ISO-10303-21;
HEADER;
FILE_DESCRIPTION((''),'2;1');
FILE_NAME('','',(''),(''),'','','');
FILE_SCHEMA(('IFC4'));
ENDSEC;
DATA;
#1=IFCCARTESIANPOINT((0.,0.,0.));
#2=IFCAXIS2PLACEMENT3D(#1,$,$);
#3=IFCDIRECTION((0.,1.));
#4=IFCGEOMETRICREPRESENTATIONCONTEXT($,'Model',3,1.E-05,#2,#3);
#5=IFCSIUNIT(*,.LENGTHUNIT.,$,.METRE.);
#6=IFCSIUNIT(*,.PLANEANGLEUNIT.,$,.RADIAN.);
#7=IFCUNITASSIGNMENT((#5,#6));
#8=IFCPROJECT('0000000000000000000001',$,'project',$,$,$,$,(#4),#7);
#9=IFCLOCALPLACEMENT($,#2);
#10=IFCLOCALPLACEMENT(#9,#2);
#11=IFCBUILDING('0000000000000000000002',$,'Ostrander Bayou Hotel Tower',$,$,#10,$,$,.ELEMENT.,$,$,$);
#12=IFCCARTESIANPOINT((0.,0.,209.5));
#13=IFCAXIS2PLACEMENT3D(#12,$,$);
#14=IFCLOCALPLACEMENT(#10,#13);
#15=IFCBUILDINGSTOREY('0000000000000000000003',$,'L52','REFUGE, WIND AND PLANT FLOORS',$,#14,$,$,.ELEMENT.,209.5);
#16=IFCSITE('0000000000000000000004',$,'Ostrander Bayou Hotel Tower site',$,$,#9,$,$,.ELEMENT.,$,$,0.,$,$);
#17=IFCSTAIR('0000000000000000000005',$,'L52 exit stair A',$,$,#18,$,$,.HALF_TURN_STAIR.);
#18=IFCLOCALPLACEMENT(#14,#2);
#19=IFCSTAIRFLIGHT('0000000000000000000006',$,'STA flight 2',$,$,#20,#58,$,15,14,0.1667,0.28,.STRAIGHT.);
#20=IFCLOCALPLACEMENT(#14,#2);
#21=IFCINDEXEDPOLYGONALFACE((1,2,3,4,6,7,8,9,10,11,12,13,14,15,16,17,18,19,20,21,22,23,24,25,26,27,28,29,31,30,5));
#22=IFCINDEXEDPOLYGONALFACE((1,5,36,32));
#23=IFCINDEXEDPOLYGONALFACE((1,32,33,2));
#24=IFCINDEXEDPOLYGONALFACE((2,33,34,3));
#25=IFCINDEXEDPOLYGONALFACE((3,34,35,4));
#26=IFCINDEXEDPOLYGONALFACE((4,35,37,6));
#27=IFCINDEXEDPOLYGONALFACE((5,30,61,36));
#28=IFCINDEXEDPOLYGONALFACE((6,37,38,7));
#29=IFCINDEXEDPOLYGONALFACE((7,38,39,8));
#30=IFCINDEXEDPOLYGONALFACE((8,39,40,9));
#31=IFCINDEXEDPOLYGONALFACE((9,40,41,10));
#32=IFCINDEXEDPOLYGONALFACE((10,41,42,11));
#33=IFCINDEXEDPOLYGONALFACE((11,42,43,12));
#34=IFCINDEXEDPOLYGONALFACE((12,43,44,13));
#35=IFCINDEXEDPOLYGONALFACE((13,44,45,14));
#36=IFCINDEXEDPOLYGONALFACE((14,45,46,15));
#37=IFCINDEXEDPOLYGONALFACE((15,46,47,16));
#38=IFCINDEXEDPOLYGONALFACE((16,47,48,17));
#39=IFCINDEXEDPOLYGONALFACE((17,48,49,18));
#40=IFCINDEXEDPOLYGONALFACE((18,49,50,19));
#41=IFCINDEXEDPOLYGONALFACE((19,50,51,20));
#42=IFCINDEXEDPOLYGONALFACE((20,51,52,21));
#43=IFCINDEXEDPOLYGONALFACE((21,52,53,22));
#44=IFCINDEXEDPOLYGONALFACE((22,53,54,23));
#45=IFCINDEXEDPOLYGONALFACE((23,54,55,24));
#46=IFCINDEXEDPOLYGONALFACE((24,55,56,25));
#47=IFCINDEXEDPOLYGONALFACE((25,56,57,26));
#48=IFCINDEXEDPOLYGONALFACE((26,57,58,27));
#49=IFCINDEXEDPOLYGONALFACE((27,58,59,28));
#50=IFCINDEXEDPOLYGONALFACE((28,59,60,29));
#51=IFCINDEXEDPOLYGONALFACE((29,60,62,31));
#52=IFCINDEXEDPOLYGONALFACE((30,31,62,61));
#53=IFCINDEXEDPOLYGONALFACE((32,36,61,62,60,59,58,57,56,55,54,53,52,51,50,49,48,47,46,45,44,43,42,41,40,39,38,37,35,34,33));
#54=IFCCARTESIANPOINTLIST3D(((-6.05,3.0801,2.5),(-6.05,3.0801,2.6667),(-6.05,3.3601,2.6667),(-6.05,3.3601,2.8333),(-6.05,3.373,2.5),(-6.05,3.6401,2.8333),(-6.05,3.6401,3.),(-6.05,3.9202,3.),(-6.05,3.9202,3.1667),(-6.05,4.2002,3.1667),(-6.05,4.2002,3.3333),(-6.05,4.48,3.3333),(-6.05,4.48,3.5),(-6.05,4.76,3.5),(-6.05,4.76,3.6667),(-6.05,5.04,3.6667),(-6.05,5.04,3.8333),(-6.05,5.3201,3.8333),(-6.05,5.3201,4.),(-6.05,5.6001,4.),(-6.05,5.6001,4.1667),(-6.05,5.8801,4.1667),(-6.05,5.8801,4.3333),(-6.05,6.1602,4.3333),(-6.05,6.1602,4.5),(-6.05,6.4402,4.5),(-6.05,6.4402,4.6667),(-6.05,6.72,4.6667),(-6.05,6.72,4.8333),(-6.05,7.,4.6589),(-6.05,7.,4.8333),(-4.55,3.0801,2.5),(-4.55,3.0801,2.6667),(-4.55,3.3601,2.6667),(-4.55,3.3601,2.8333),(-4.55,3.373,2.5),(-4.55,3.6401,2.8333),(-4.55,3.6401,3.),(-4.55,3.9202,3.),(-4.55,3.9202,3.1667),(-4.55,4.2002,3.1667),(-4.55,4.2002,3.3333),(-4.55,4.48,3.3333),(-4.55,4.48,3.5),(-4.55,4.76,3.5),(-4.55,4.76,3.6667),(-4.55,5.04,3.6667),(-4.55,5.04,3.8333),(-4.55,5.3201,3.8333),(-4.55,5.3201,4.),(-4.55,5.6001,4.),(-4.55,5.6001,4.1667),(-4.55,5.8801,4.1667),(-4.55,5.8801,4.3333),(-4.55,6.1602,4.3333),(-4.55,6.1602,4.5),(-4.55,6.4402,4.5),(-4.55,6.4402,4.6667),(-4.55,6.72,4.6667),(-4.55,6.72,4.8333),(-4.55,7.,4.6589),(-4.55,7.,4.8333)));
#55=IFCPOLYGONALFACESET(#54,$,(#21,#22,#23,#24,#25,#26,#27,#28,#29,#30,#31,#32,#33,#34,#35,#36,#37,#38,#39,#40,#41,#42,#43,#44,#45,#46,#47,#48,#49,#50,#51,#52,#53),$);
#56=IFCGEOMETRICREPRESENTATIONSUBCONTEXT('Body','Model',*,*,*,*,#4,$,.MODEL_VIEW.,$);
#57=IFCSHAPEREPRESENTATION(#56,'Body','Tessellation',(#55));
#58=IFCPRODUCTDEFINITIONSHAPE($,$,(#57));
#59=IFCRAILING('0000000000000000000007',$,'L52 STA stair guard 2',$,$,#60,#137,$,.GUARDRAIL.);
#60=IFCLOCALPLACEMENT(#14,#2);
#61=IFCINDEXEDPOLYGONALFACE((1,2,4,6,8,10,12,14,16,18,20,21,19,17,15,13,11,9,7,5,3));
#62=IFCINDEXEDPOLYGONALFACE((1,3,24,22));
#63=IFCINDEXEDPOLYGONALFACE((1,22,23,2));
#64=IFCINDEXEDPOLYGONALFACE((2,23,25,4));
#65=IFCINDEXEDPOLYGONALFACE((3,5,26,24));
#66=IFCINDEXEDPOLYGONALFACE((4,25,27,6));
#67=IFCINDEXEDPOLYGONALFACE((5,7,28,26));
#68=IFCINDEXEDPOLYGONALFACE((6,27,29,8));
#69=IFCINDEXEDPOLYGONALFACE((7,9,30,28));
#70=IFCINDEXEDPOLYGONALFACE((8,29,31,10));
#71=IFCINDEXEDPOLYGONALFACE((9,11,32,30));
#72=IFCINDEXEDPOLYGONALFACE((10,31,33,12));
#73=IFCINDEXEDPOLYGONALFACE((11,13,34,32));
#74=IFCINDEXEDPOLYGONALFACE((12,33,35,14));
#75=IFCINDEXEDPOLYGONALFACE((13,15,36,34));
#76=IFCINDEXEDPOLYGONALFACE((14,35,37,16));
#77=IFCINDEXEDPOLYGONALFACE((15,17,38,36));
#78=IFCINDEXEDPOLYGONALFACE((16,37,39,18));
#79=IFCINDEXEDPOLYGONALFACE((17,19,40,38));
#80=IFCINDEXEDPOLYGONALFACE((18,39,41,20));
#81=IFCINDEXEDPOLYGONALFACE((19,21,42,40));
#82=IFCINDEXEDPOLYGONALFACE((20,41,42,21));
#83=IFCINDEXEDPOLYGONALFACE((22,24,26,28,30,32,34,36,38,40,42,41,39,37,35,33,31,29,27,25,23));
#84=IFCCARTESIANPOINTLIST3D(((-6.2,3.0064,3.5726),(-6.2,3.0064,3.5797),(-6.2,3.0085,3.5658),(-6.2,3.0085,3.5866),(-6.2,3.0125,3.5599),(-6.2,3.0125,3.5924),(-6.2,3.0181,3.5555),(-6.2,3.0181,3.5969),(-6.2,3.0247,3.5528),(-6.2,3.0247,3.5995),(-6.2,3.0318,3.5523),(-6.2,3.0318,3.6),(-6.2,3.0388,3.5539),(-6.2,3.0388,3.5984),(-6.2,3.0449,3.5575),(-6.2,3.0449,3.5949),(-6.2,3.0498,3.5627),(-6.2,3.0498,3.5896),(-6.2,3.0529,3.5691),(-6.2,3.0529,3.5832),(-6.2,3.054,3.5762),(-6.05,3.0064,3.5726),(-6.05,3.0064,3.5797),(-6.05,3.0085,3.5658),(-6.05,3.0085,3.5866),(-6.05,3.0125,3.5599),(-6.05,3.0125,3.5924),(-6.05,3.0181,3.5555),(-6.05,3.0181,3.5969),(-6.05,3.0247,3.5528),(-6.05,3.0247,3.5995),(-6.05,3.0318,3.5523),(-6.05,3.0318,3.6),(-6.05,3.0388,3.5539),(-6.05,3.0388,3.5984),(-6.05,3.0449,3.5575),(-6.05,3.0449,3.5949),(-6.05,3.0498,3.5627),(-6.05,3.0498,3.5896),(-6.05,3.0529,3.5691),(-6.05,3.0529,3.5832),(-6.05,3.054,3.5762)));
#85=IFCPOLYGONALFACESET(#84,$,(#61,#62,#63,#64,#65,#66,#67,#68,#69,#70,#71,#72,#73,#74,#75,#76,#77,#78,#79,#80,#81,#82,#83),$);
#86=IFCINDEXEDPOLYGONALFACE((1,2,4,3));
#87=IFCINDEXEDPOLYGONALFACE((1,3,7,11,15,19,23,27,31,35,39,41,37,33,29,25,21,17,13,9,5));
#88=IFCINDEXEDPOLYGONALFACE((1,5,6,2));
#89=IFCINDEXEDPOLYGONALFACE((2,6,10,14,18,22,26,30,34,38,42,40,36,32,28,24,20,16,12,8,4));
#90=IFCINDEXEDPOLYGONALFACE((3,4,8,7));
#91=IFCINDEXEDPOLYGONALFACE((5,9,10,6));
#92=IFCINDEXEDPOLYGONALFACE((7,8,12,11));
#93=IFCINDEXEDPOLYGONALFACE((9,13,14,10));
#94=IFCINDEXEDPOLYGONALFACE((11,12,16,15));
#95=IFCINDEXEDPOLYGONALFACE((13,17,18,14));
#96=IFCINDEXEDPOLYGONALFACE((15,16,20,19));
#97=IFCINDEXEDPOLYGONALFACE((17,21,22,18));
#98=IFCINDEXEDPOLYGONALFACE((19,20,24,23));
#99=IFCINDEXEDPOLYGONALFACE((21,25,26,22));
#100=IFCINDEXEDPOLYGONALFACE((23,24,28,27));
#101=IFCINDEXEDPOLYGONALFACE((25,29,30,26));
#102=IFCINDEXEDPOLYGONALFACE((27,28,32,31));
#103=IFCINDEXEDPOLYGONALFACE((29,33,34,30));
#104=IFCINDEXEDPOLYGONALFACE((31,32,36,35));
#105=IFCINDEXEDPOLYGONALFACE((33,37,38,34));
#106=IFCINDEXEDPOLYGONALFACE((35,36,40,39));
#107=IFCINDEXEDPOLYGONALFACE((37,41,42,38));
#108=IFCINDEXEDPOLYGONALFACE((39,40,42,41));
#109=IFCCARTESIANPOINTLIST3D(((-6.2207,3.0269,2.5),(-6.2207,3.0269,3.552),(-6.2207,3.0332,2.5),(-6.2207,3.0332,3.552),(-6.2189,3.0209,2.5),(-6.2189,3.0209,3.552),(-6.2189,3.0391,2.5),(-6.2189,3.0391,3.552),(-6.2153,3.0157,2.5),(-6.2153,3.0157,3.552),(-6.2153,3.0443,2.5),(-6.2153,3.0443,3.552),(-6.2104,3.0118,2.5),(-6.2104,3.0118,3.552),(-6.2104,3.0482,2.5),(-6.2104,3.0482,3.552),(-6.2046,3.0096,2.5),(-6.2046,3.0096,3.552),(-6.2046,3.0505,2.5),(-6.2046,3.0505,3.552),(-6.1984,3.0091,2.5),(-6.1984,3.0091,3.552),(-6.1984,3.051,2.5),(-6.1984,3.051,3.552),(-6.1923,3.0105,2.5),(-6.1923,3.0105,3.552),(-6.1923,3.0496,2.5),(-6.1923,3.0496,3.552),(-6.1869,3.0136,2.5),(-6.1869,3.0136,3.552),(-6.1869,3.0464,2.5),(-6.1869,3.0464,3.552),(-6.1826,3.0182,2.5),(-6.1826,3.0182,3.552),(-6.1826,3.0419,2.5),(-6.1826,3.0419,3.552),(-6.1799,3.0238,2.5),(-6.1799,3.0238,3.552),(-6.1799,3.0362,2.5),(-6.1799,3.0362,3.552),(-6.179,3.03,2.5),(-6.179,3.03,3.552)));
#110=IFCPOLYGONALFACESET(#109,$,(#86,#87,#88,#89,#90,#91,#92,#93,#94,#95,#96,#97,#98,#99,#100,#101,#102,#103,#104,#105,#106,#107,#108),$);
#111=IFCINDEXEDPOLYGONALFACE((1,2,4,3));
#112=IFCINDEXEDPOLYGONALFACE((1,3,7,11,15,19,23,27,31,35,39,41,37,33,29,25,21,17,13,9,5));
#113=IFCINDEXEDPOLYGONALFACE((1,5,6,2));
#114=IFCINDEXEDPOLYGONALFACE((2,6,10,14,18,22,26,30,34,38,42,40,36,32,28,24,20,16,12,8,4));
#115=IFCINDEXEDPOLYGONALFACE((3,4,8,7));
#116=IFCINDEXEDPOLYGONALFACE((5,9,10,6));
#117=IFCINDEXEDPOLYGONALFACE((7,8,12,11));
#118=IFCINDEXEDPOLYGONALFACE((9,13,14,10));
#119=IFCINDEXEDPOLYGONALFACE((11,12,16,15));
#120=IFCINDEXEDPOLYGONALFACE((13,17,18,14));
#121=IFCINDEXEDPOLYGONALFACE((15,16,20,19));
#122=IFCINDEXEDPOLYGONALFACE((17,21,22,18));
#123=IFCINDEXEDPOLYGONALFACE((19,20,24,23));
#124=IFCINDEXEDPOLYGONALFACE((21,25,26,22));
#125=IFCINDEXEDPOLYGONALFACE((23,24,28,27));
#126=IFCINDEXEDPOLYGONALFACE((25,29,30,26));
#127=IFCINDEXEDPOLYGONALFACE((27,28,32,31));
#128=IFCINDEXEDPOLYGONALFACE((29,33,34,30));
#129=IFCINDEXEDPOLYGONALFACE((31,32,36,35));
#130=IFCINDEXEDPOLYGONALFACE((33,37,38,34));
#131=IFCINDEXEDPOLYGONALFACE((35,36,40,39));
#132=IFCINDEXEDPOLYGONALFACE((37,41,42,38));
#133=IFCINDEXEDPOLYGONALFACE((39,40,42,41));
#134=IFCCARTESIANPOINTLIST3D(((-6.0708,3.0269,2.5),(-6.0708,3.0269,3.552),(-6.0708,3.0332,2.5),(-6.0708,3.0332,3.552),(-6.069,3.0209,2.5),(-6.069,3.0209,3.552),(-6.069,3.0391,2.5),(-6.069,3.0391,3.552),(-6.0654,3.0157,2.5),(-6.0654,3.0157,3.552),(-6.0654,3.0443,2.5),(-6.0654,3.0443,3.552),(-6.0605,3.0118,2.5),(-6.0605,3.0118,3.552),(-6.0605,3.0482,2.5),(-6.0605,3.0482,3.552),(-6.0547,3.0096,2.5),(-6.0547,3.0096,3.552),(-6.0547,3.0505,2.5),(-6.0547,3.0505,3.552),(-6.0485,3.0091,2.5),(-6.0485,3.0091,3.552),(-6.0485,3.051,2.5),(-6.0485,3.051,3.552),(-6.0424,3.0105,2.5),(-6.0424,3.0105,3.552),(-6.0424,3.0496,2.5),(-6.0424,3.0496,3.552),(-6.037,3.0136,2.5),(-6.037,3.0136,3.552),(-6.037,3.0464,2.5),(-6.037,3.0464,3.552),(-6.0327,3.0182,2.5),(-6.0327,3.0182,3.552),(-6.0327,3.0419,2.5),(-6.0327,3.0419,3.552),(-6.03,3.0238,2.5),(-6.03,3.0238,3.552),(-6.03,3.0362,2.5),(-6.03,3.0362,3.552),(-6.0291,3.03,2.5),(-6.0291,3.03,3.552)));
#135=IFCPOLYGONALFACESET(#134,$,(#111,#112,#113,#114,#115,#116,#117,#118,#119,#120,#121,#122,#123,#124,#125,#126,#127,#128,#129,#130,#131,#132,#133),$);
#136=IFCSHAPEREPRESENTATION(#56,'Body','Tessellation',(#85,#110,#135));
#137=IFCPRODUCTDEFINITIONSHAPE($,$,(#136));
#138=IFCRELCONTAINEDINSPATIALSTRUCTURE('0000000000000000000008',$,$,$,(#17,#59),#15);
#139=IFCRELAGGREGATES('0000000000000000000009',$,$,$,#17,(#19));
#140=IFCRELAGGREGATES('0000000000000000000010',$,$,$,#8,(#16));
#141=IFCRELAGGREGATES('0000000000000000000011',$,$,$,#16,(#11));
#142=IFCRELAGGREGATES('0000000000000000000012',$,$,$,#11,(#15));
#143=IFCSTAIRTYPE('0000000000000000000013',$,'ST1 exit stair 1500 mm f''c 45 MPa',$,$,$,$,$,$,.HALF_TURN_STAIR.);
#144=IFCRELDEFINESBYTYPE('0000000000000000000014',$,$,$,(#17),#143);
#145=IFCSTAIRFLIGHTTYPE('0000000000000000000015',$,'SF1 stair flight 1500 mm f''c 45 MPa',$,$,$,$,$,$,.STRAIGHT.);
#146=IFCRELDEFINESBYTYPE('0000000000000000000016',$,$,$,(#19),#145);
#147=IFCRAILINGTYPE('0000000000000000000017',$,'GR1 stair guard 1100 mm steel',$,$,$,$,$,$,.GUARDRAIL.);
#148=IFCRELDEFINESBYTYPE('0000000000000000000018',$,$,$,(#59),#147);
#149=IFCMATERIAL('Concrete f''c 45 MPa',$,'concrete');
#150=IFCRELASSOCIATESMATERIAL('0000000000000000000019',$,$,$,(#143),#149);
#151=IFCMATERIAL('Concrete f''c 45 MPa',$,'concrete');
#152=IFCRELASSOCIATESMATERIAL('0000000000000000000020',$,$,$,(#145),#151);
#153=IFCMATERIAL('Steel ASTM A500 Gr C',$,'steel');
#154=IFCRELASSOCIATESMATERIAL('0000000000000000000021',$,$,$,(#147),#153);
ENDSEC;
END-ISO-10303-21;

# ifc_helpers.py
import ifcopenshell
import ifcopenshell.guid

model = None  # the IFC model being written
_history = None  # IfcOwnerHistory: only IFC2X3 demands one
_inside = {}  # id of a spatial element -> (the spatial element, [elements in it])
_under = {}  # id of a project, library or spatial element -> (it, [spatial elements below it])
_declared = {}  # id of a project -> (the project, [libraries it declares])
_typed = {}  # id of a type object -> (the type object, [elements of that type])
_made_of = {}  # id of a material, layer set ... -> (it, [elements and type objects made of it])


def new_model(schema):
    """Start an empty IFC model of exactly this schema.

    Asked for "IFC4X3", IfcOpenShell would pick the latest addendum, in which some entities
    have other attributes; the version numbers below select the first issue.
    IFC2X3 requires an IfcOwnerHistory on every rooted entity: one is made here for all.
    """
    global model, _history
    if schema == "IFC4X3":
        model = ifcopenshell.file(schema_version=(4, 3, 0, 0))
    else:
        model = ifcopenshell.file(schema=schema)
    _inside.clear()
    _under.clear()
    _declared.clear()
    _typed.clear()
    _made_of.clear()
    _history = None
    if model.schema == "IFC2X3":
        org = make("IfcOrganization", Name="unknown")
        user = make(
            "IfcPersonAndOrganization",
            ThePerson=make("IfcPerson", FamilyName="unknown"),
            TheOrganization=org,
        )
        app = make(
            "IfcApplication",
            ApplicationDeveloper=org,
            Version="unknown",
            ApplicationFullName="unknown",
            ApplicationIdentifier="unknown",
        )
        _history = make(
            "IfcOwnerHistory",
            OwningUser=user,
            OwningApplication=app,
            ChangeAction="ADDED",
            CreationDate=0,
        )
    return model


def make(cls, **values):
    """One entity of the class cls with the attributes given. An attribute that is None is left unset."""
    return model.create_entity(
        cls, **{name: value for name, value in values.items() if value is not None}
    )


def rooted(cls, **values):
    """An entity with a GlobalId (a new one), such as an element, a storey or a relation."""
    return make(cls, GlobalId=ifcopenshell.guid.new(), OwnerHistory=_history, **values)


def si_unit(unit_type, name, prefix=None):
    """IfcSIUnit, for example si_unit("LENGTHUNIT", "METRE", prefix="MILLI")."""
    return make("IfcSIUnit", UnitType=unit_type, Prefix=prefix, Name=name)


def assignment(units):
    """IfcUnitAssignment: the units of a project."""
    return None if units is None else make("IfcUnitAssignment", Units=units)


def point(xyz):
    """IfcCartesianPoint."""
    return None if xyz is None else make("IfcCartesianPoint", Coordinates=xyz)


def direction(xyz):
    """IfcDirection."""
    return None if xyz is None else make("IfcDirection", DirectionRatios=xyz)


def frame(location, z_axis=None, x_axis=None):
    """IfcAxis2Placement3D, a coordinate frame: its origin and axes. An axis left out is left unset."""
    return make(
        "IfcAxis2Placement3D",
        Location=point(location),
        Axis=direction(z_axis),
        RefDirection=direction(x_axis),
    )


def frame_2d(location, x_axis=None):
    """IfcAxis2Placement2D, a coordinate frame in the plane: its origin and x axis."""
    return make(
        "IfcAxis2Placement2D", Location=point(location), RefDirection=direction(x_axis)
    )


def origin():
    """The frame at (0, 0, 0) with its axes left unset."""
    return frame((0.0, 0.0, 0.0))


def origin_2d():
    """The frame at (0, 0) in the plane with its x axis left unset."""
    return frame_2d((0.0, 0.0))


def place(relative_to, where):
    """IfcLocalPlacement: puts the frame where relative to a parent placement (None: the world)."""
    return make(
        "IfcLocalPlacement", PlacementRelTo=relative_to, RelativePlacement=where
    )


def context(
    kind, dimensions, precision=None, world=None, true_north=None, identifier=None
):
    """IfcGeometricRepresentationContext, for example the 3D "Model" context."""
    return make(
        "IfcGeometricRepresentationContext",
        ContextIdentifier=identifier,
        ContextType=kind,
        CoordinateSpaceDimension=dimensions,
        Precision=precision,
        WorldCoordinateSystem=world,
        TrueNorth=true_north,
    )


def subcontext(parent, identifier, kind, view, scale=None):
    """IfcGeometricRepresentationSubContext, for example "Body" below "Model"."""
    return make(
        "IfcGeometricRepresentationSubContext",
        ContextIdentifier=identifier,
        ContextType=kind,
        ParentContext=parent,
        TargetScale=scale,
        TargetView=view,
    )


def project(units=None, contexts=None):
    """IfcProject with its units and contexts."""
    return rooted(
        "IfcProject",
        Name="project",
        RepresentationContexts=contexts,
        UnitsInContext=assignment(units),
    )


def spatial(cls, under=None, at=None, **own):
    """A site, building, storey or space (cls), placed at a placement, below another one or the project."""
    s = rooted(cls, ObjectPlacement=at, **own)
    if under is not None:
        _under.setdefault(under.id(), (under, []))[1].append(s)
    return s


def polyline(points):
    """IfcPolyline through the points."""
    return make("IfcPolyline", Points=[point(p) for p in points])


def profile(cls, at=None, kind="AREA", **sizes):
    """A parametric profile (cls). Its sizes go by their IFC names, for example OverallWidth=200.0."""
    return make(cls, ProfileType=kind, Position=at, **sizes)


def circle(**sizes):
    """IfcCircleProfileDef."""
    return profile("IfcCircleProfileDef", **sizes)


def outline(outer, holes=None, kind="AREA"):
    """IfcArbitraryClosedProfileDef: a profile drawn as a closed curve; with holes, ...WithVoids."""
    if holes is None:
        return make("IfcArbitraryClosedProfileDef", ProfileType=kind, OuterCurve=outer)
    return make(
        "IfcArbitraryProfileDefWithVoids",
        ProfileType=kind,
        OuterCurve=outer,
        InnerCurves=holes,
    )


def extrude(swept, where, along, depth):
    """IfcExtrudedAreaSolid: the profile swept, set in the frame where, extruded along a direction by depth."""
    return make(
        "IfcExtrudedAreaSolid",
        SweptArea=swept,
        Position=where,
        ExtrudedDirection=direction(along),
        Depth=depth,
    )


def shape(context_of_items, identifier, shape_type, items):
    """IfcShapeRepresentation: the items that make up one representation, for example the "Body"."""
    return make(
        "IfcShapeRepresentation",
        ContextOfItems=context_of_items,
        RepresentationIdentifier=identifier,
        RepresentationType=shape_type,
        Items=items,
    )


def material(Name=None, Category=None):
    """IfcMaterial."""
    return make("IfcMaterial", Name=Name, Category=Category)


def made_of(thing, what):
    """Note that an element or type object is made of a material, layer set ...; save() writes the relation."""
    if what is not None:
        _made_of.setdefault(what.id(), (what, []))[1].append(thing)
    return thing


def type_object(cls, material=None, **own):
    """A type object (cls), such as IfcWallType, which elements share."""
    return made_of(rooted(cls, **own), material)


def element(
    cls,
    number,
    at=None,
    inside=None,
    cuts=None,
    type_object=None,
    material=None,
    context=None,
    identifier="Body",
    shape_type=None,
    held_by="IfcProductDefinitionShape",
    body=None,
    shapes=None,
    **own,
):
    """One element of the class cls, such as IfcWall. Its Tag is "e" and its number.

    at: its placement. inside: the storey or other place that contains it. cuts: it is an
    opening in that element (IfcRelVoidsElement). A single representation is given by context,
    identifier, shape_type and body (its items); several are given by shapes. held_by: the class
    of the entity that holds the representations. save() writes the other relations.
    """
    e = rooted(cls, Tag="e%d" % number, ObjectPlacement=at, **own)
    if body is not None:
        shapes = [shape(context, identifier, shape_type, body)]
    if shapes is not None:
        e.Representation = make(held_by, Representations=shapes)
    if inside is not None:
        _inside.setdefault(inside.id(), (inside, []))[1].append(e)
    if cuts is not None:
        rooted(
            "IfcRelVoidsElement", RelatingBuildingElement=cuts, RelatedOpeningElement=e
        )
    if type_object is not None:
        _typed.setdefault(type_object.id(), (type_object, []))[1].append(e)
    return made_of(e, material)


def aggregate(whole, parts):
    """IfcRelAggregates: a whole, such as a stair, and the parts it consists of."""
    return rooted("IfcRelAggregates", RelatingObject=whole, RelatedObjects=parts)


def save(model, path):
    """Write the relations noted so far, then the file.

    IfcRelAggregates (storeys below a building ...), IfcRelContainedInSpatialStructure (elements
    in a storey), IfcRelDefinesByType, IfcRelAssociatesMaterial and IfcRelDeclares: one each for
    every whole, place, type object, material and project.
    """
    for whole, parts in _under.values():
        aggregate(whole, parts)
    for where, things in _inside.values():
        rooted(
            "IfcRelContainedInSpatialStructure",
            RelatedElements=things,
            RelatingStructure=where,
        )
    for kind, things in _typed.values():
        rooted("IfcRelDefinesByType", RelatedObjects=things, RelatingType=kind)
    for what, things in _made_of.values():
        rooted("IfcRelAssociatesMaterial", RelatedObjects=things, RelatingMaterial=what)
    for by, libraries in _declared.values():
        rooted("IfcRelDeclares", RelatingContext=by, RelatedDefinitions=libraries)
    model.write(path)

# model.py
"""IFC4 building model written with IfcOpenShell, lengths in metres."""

from ifc_helpers import new_model, si_unit, direction, frame, origin, origin_2d, place, context, subcontext, project, spatial, polyline, circle, outline, extrude, material, type_object, element, aggregate, save


model = new_model("IFC4")

# Units and contexts
model_context = context("Model", 3, precision=1e-05, world=origin(), true_north=direction((0.0, 1.0)))
body_context = subcontext(model_context, "Body", "Model", "MODEL_VIEW")
ifc_project = project(units=[si_unit("LENGTHUNIT", "METRE"), si_unit("PLANEANGLEUNIT", "RADIAN")], contexts=[model_context])

# Site, building, storey
site_placement = place(None, origin())
site = spatial("IfcSite", under=ifc_project, at=site_placement, Name="Ostrander Bayou Hotel Tower site", CompositionType="ELEMENT", RefElevation=0.0)
building_placement = place(site_placement, origin())
building = spatial("IfcBuilding", under=site, at=building_placement, Name="Ostrander Bayou Hotel Tower", CompositionType="ELEMENT")
storey_placement = place(building_placement, frame((0.0, 0.0, 209.5)))
storey = spatial("IfcBuildingStorey", under=building, at=storey_placement, Name="L52", Description="REFUGE, WIND AND PLANT FLOORS", CompositionType="ELEMENT", Elevation=209.5)

# Stair, stair flight
ifc_material_1 = material(Name="Concrete f'c 45 MPa", Category="concrete")
stair_type = type_object("IfcStairType", Name="ST1 exit stair 1500 mm f'c 45 MPa", PredefinedType="HALF_TURN_STAIR", material=ifc_material_1)
stair_placement = place(storey_placement, origin())
stair = element("IfcStair", 1, at=stair_placement, inside=storey, type_object=stair_type, Name="L52 exit stair A", PredefinedType="HALF_TURN_STAIR")
ifc_material_2 = material(Name="Concrete f'c 45 MPa", Category="concrete")
stair_flight_type = type_object("IfcStairFlightType", Name="SF1 stair flight 1500 mm f'c 45 MPa", PredefinedType="STRAIGHT", material=ifc_material_2)
stair_flight_placement = place(storey_placement, frame((-5.3, 3.0801, 2.5), z_axis=(0.0, 0.0, 1.0), x_axis=(0.0, 1.0, 0.0)))
stair_flight = element("IfcStairFlight", 2, at=stair_flight_placement, type_object=stair_flight_type, Name="STA flight 2", NumberOfRisers=15, NumberOfTreads=14, PredefinedType="STRAIGHT", RiserHeight=0.1667, TreadLength=0.28, context=body_context, shape_type="SweptSolid", body=[
    extrude(outline(polyline([(0.0, 0.0), (0.0, 0.1667), (0.28, 0.1667), (0.28, 0.3333), (0.5601, 0.3333), (0.5601, 0.5), (0.8401, 0.5), (0.8401, 0.6667), (1.1201, 0.6667), (1.1201, 0.8333), (1.3999, 0.8333), (1.3999, 1.0), (1.6799, 1.0), (1.6799, 1.1667), (1.96, 1.1667), (1.96, 1.3333), (2.24, 1.3333), (2.24, 1.5), (2.52, 1.5), (2.52, 1.6667), (2.8, 1.6667), (2.8, 1.8333), (3.0801, 1.8333), (3.0801, 2.0), (3.3601, 2.0), (3.3601, 2.1667), (3.6399, 2.1667), (3.6399, 2.3333), (3.9199, 2.3333), (3.9199, 2.5), (3.9199, 2.1589), (0.293, 0.0), (0.0, 0.0)])), frame((0.0, 0.75, 0.0), z_axis=(0.0, -1.0, 0.0), x_axis=(1.0, 0.0, 0.0)), (0.0, 0.0, 1.0), 1.5),
])
aggregate(stair, [stair_flight])

# Railing
ifc_material_3 = material(Name="Steel ASTM A500 Gr C", Category="steel")
railing_type_1 = type_object("IfcRailingType", Name="GR1 stair guard 1100 mm steel", PredefinedType="GUARDRAIL", material=ifc_material_3)
railing_1_placement = place(storey_placement, frame((-6.2, 3.03, 2.5)))
element("IfcRailing", 3, at=railing_1_placement, inside=storey, type_object=railing_type_1, Name="L52 STA stair guard 2", PredefinedType="GUARDRAIL", context=body_context, shape_type="SweptSolid", body=[
    extrude(circle(Radius=0.0239, at=origin_2d()), frame((0.0, 0.0, 1.0762), z_axis=(1.0, 0.0, 0.0), x_axis=(0.0, 1.0, 0.0)), (0.0, 0.0, 1.0), 0.1499),
    extrude(circle(Radius=0.021, at=origin_2d()), origin(), (0.0, 0.0, 1.0), 1.052),
    extrude(circle(Radius=0.021, at=origin_2d()), frame((0.1499, 0.0, 0.0)), (0.0, 0.0, 1.0), 1.052),
])

save(model, "model.ifc")
